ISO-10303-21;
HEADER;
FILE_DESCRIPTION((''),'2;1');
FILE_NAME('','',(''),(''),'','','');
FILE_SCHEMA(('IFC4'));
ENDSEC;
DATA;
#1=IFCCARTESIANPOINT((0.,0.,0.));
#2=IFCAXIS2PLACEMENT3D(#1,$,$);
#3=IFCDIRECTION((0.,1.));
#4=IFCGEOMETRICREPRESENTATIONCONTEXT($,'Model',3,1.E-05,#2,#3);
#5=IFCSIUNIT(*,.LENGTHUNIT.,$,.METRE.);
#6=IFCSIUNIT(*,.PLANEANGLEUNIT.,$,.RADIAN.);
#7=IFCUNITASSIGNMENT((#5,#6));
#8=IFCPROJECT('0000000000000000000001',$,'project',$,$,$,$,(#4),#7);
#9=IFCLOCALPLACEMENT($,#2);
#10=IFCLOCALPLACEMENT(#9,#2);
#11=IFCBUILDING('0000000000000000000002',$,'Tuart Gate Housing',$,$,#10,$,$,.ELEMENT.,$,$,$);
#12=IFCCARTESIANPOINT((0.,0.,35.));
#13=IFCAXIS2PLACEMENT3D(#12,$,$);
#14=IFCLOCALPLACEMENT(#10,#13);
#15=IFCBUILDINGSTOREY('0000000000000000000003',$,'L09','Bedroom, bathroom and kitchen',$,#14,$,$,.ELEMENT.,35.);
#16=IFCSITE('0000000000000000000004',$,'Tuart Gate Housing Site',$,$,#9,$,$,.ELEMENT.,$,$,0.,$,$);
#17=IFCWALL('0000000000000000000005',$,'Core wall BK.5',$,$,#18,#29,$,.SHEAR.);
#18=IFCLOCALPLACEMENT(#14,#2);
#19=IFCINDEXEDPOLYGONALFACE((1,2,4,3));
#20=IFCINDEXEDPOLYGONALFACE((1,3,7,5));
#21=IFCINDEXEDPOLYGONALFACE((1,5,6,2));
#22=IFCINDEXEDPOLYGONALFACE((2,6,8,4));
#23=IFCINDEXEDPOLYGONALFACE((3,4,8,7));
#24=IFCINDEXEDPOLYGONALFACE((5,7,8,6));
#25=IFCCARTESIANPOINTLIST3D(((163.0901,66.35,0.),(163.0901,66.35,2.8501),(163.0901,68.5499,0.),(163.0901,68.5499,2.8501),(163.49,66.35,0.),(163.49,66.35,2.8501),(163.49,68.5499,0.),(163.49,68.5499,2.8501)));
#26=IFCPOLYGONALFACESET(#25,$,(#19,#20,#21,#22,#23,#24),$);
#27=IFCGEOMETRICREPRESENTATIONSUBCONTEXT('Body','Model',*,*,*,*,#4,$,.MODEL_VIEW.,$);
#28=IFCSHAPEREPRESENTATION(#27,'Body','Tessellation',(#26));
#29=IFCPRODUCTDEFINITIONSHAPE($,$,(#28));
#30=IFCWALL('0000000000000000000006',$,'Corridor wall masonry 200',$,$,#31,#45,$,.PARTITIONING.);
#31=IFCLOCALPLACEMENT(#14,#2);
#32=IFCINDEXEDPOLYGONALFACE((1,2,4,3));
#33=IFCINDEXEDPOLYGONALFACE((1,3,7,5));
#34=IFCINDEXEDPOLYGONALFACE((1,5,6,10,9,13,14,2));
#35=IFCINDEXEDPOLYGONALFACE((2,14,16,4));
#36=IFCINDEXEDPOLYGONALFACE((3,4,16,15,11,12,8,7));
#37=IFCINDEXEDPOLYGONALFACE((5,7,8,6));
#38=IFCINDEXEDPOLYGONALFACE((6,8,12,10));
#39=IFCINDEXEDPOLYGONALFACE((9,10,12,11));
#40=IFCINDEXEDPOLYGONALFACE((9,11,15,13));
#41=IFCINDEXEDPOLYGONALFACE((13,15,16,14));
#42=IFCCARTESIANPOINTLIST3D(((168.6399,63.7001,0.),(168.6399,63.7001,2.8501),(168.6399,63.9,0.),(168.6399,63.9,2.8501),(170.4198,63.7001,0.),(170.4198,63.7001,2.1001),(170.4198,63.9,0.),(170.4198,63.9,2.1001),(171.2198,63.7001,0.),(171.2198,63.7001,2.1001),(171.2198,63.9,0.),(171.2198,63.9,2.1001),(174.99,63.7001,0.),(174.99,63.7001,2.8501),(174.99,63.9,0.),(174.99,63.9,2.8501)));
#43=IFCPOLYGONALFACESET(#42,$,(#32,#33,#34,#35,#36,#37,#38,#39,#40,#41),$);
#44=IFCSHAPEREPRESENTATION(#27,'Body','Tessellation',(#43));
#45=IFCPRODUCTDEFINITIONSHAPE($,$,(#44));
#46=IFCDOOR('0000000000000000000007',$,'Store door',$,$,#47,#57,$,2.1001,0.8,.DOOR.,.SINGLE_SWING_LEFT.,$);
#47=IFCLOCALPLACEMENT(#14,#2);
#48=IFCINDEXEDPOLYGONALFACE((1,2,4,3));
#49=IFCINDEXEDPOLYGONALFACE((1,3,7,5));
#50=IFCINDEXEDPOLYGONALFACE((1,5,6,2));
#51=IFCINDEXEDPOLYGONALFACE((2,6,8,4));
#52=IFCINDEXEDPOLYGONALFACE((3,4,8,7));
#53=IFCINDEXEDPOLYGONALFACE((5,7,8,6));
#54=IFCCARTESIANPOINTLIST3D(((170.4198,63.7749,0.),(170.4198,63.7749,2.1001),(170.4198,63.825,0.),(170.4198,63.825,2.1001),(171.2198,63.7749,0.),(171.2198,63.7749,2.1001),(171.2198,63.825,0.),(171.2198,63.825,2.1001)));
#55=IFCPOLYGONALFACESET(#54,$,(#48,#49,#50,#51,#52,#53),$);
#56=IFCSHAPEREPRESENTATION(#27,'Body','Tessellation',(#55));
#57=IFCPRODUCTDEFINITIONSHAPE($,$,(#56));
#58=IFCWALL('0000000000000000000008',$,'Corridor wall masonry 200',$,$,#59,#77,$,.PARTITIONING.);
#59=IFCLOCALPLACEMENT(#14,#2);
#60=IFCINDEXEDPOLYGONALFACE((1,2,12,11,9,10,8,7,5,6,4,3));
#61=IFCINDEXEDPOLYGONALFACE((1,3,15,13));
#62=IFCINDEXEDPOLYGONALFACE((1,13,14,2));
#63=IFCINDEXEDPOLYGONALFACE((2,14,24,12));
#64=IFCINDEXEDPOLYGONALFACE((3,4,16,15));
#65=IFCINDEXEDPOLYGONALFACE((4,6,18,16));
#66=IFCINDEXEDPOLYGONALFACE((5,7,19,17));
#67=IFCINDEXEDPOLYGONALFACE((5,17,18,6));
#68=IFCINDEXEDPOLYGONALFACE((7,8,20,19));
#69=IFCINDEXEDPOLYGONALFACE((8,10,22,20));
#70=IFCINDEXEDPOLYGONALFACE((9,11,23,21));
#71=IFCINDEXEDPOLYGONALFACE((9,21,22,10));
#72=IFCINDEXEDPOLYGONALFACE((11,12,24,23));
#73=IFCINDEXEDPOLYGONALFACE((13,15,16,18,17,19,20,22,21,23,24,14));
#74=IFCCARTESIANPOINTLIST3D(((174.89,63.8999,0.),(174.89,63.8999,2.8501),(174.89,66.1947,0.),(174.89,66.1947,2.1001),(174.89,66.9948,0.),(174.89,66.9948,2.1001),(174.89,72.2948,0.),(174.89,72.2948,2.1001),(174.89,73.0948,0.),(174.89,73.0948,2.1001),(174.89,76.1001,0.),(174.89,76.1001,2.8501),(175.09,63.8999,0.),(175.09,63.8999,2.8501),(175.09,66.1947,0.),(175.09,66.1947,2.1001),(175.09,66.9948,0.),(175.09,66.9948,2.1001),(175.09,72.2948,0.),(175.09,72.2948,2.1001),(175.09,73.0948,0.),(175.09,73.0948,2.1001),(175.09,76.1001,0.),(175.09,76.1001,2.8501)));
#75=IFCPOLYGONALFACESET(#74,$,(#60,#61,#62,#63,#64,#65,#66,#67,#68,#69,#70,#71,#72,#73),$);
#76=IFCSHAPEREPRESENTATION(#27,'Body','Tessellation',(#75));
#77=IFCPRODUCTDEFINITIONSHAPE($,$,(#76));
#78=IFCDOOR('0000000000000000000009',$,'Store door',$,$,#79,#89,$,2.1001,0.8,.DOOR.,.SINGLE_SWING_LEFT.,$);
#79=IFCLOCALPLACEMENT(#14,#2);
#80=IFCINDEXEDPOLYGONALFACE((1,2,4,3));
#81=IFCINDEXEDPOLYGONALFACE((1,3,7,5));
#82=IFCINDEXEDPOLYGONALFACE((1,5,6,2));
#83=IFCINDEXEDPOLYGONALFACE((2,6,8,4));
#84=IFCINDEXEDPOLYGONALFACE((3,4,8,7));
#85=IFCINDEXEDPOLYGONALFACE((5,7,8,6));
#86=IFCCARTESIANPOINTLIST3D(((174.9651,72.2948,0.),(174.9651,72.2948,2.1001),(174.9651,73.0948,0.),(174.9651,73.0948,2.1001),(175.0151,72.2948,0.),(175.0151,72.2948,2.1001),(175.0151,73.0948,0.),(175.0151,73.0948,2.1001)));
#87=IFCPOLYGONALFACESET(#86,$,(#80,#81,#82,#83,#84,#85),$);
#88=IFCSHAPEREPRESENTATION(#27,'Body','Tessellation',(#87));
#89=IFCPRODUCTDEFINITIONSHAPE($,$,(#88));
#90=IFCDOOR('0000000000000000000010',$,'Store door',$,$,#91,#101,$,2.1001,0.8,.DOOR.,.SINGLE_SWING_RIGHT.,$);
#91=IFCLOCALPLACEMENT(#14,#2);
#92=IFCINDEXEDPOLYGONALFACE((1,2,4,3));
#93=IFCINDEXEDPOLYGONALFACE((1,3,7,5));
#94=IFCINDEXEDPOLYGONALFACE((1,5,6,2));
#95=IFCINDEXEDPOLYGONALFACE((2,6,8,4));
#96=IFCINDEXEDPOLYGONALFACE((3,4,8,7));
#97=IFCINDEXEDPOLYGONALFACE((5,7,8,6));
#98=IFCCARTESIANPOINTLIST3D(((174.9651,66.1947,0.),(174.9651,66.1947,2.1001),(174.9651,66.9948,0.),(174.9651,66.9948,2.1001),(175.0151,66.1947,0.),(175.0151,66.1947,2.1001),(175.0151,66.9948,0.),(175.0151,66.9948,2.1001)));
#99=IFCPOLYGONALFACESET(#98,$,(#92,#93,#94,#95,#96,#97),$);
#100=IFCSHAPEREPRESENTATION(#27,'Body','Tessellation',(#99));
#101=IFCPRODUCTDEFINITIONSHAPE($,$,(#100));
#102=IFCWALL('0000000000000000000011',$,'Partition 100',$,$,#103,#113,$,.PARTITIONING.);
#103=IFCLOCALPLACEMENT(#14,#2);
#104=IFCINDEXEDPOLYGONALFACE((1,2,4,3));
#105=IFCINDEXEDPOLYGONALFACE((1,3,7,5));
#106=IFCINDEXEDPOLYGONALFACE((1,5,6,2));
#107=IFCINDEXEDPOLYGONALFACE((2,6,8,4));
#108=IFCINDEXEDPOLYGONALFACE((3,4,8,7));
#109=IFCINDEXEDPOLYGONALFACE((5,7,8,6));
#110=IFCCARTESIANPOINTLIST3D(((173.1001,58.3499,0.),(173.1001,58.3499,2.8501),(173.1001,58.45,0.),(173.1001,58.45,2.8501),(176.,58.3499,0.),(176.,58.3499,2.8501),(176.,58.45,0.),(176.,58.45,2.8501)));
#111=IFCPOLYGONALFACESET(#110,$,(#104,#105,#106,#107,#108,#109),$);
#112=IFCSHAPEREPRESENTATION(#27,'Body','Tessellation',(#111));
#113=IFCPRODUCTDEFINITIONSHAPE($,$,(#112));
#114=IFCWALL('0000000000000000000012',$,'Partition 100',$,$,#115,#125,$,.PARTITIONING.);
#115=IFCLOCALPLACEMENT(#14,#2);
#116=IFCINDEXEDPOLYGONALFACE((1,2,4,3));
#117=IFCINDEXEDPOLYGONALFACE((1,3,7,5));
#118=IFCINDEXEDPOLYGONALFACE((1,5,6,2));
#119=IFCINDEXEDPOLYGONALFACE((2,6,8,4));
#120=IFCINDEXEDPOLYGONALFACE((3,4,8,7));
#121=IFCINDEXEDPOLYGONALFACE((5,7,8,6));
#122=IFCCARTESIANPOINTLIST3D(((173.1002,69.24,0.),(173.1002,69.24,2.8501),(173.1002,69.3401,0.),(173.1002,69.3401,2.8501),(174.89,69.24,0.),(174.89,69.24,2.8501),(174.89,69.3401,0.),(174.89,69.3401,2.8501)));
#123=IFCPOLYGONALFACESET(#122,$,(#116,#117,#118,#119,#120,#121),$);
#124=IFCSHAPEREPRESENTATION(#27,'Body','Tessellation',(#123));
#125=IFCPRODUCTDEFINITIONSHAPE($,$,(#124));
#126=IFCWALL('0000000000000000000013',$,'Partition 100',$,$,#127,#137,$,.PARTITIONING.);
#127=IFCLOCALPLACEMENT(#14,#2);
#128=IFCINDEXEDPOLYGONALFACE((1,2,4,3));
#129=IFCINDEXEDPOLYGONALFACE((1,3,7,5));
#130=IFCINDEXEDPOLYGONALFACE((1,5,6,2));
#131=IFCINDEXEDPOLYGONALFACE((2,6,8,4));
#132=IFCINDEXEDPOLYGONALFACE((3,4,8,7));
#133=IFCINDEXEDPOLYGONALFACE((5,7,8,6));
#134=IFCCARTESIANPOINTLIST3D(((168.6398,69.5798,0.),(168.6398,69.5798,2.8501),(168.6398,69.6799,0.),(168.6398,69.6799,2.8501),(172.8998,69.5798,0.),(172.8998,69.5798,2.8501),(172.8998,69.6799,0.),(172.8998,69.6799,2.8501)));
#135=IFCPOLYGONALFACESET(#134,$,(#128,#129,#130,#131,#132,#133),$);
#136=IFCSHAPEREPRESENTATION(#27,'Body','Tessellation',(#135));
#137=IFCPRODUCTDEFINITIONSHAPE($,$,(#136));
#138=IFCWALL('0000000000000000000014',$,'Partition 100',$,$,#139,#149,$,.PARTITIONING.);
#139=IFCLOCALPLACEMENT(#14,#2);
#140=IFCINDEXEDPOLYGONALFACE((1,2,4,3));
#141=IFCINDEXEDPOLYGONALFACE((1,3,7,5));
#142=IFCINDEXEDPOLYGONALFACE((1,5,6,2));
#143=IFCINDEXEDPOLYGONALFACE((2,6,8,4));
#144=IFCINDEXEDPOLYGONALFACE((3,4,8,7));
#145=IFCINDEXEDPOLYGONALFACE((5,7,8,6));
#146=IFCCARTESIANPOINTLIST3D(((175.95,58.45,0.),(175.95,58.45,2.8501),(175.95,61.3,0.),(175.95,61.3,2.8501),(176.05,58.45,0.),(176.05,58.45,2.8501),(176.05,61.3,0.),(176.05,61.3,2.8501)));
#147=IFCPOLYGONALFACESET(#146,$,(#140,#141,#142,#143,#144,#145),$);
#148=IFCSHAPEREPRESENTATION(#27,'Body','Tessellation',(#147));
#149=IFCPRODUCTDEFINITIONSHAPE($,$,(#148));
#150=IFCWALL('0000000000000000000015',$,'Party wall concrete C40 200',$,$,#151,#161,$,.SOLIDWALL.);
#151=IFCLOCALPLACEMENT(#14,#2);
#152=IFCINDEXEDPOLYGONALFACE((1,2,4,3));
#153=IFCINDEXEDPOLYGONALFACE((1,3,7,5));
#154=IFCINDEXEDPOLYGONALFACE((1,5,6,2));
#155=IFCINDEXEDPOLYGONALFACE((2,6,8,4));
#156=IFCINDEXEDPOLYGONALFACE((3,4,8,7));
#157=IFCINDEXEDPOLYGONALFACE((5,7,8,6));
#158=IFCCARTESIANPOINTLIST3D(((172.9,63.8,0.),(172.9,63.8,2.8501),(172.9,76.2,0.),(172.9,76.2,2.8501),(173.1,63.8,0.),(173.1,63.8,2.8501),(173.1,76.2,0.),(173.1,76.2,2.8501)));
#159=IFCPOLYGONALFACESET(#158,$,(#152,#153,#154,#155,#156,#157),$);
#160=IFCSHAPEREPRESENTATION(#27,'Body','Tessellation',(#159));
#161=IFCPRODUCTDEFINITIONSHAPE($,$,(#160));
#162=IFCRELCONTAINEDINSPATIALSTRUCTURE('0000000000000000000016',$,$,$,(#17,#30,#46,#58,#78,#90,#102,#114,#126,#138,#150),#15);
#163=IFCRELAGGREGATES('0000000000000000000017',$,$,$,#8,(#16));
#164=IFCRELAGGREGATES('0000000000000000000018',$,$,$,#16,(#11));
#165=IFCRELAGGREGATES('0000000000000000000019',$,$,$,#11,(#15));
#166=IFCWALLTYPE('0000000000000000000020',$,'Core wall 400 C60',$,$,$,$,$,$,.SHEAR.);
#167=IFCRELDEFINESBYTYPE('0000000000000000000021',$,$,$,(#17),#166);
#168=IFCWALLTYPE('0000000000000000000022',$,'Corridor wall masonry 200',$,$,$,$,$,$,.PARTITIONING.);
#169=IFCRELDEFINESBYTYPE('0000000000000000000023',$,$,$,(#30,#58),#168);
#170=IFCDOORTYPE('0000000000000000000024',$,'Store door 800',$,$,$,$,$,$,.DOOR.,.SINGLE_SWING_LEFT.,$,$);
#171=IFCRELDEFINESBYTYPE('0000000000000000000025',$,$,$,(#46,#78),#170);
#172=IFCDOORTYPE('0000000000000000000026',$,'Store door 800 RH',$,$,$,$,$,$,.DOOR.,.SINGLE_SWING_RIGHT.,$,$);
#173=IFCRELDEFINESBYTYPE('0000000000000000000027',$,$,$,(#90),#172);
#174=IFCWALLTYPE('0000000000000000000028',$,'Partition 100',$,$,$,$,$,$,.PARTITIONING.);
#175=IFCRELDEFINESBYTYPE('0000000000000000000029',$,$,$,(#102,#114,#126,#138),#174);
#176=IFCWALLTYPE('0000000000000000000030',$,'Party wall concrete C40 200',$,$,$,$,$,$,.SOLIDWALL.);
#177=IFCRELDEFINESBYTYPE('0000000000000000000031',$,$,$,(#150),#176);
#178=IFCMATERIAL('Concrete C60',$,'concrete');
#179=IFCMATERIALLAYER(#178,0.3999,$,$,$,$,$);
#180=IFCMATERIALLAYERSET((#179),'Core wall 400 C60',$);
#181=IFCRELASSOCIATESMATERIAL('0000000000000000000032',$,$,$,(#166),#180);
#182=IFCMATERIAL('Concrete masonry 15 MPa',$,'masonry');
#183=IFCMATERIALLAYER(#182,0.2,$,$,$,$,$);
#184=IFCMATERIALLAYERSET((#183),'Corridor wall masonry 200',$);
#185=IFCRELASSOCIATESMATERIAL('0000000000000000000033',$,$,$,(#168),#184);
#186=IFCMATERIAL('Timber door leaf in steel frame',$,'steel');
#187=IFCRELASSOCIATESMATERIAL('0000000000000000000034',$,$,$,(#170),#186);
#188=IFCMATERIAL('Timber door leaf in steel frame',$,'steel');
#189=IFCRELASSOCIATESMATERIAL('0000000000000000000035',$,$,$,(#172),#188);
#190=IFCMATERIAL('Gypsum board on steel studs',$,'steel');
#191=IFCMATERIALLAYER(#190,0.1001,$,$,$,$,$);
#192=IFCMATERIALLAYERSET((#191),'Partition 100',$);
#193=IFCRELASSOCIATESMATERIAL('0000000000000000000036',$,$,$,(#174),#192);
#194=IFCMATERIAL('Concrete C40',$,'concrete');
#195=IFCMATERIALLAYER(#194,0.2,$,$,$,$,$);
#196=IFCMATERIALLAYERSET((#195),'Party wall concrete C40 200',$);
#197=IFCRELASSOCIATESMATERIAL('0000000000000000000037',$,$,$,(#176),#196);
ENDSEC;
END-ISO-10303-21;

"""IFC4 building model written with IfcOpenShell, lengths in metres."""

from ifc_helpers import new_model, si_unit, direction, frame, frame_2d, origin, place, context, subcontext, project, spatial, rectangle, extrude, material, layer, layer_set, type_object, element, fill, save


model = new_model("IFC4")

# Units and contexts
model_context = context("Model", 3, precision=1e-05, world=origin(), true_north=direction((0.0, 1.0)))
body_context = subcontext(model_context, "Body", "Model", "MODEL_VIEW")
ifc_project = project(units=[si_unit("LENGTHUNIT", "METRE"), si_unit("PLANEANGLEUNIT", "RADIAN")], contexts=[model_context])

# Site, building, storey
site_placement = place(None, origin())
site = spatial("IfcSite", under=ifc_project, at=site_placement, Name="Tuart Gate Housing Site", CompositionType="ELEMENT", RefElevation=0.0)
building_placement = place(site_placement, origin())
building = spatial("IfcBuilding", under=site, at=building_placement, Name="Tuart Gate Housing", CompositionType="ELEMENT")
storey_placement = place(building_placement, frame((0.0, 0.0, 35.0)))
storey = spatial("IfcBuildingStorey", under=building, at=storey_placement, Name="L09", Description="Bedroom, bathroom and kitchen", CompositionType="ELEMENT", Elevation=35.0)

# Wall
ifc_material_1 = material(Name="Concrete C60", Category="concrete")
ifc_layer_1 = layer(ifc_material_1, 0.3999)
ifc_layer_set_1 = layer_set([ifc_layer_1], Name="Core wall 400 C60")
wall_type_1 = type_object("IfcWallType", Name="Core wall 400 C60", PredefinedType="SHEAR", material=ifc_layer_set_1)
wall_1_placement = place(storey_placement, frame((163.29, 68.55, 0.0), z_axis=(0.0, 0.0, 1.0), x_axis=(0.0, -1.0, 0.0)))
element("IfcWall", 1, at=wall_1_placement, inside=storey, type_object=wall_type_1, Name="Core wall BK.5", PredefinedType="SHEAR", context=body_context, shape_type="SweptSolid", body=[
    extrude(rectangle(XDim=2.2, YDim=0.3999, at=frame_2d((1.1001, 0.0))), origin(), (0.0, 0.0, 1.0), 2.8501),
])

# Wall, opening, door
ifc_material_2 = material(Name="Concrete masonry 15 MPa", Category="masonry")
ifc_layer_2 = layer(ifc_material_2, 0.2)
ifc_layer_set_2 = layer_set([ifc_layer_2], Name="Corridor wall masonry 200")
wall_type_2 = type_object("IfcWallType", Name="Corridor wall masonry 200", PredefinedType="PARTITIONING", material=ifc_layer_set_2)
wall_2_placement = place(storey_placement, frame((168.6399, 63.8, 0.0), z_axis=(0.0, 0.0, 1.0), x_axis=(1.0, 0.0, 0.0)))
wall_2 = element("IfcWall", 2, at=wall_2_placement, inside=storey, type_object=wall_type_2, Name="Corridor wall masonry 200", PredefinedType="PARTITIONING", context=body_context, shape_type="SweptSolid", body=[
    extrude(rectangle(XDim=6.3501, YDim=0.2, at=frame_2d((3.175, 0.0))), origin(), (0.0, 0.0, 1.0), 2.8501),
])
opening_1_placement = place(wall_2_placement, frame((1.78, 0.0, 0.0)))
opening_1 = element("IfcOpeningElement", 3, at=opening_1_placement, cuts=wall_2, PredefinedType="OPENING", context=body_context, shape_type="SweptSolid", body=[
    extrude(rectangle(XDim=0.8, YDim=2.1001, at=frame_2d((0.3999, 1.05))), frame((0.0, 0.1099, 0.0), z_axis=(0.0, -1.0, 0.0), x_axis=(1.0, 0.0, 0.0)), (0.0, 0.0, 1.0), 0.22),
])
ifc_material_3 = material(Name="Timber door leaf in steel frame", Category="steel")
door_type_1 = type_object("IfcDoorType", Name="Store door 800", OperationType="SINGLE_SWING_LEFT", PredefinedType="DOOR", material=ifc_material_3)
door_1_placement = place(opening_1_placement, origin())
door_1 = element("IfcDoor", 4, at=door_1_placement, inside=storey, type_object=door_type_1, Name="Store door", OperationType="SINGLE_SWING_LEFT", OverallHeight=2.1001, OverallWidth=0.8, PredefinedType="DOOR", context=body_context, shape_type="SweptSolid", body=[
    extrude(rectangle(XDim=0.8, YDim=2.1001, at=frame_2d((0.3999, 1.05))), frame((0.0, 0.0249, 0.0), z_axis=(0.0, -1.0, 0.0), x_axis=(1.0, 0.0, 0.0)), (0.0, 0.0, 1.0), 0.05),
])
fill(opening_1, door_1)

# Wall, openings, doors
wall_3_placement = place(storey_placement, frame((174.99, 63.8999, 0.0), z_axis=(0.0, 0.0, 1.0), x_axis=(0.0, 1.0, 0.0)))
wall_3 = element("IfcWall", 5, at=wall_3_placement, inside=storey, type_object=wall_type_2, Name="Corridor wall masonry 200", PredefinedType="PARTITIONING", context=body_context, shape_type="SweptSolid", body=[
    extrude(rectangle(XDim=12.2002, YDim=0.2, at=frame_2d((6.1001, 0.0))), origin(), (0.0, 0.0, 1.0), 2.8501),
])
opening_2_placement = place(wall_3_placement, frame((2.2949, 0.0, 0.0)))
opening_2 = element("IfcOpeningElement", 6, at=opening_2_placement, cuts=wall_3, PredefinedType="OPENING", context=body_context, shape_type="SweptSolid", body=[
    extrude(rectangle(XDim=0.8, YDim=2.1001, at=frame_2d((0.3999, 1.05))), frame((0.0, 0.1099, 0.0), z_axis=(0.0, -1.0, 0.0), x_axis=(1.0, 0.0, 0.0)), (0.0, 0.0, 1.0), 0.22),
])
opening_3_placement = place(wall_3_placement, frame((8.395, 0.0, 0.0)))
opening_3 = element("IfcOpeningElement", 7, at=opening_3_placement, cuts=wall_3, PredefinedType="OPENING", context=body_context, shape_type="SweptSolid", body=[
    extrude(rectangle(XDim=0.8, YDim=2.1001, at=frame_2d((0.3999, 1.05))), frame((0.0, 0.1099, 0.0), z_axis=(0.0, -1.0, 0.0), x_axis=(1.0, 0.0, 0.0)), (0.0, 0.0, 1.0), 0.22),
])
door_2_placement = place(opening_3_placement, origin())
door_2 = element("IfcDoor", 8, at=door_2_placement, inside=storey, type_object=door_type_1, Name="Store door", OperationType="SINGLE_SWING_LEFT", OverallHeight=2.1001, OverallWidth=0.8, PredefinedType="DOOR", context=body_context, shape_type="SweptSolid", body=[
    extrude(rectangle(XDim=0.8, YDim=2.1001, at=frame_2d((0.3999, 1.05))), frame((0.0, 0.0249, 0.0), z_axis=(0.0, -1.0, 0.0), x_axis=(1.0, 0.0, 0.0)), (0.0, 0.0, 1.0), 0.05),
])
fill(opening_3, door_2)
ifc_material_4 = material(Name="Timber door leaf in steel frame", Category="steel")
door_type_2 = type_object("IfcDoorType", Name="Store door 800 RH", OperationType="SINGLE_SWING_RIGHT", PredefinedType="DOOR", material=ifc_material_4)
door_3_placement = place(opening_2_placement, origin())
door_3 = element("IfcDoor", 9, at=door_3_placement, inside=storey, type_object=door_type_2, Name="Store door", OperationType="SINGLE_SWING_RIGHT", OverallHeight=2.1001, OverallWidth=0.8, PredefinedType="DOOR", context=body_context, shape_type="SweptSolid", body=[
    extrude(rectangle(XDim=0.8, YDim=2.1001, at=frame_2d((0.3999, 1.05))), frame((0.0, 0.0249, 0.0), z_axis=(0.0, -1.0, 0.0), x_axis=(1.0, 0.0, 0.0)), (0.0, 0.0, 1.0), 0.05),
])
fill(opening_2, door_3)

# Walls
ifc_material_5 = material(Name="Gypsum board on steel studs", Category="steel")
ifc_layer_3 = layer(ifc_material_5, 0.1001)
ifc_layer_set_3 = layer_set([ifc_layer_3], Name="Partition 100")
wall_type_3 = type_object("IfcWallType", Name="Partition 100", PredefinedType="PARTITIONING", material=ifc_layer_set_3)
wall_4_placement = place(storey_placement, frame((173.1001, 58.3999, 0.0), z_axis=(0.0, 0.0, 1.0), x_axis=(1.0, 0.0, 0.0)))
element("IfcWall", 10, at=wall_4_placement, inside=storey, type_object=wall_type_3, Name="Partition 100", PredefinedType="PARTITIONING", context=body_context, shape_type="SweptSolid", body=[
    extrude(rectangle(XDim=2.8999, YDim=0.1001, at=frame_2d((1.45, 0.0))), origin(), (0.0, 0.0, 1.0), 2.8501),
])
wall_5_placement = place(storey_placement, frame((173.1001, 69.29, 0.0), z_axis=(0.0, 0.0, 1.0), x_axis=(1.0, 0.0, 0.0)))
element("IfcWall", 11, at=wall_5_placement, inside=storey, type_object=wall_type_3, Name="Partition 100", PredefinedType="PARTITIONING", context=body_context, shape_type="SweptSolid", body=[
    extrude(rectangle(XDim=1.7898, YDim=0.1001, at=frame_2d((0.895, 0.0))), origin(), (0.0, 0.0, 1.0), 2.8501),
])
wall_6_placement = place(storey_placement, frame((168.6399, 69.6299, 0.0), z_axis=(0.0, 0.0, 1.0), x_axis=(1.0, 0.0, 0.0)))
element("IfcWall", 12, at=wall_6_placement, inside=storey, type_object=wall_type_3, Name="Partition 100", PredefinedType="PARTITIONING", context=body_context, shape_type="SweptSolid", body=[
    extrude(rectangle(XDim=4.26, YDim=0.1001, at=frame_2d((2.1299, 0.0))), origin(), (0.0, 0.0, 1.0), 2.8501),
])
wall_7_placement = place(storey_placement, frame((176.0, 58.45, 0.0), z_axis=(0.0, 0.0, 1.0), x_axis=(0.0, 1.0, 0.0)))
element("IfcWall", 13, at=wall_7_placement, inside=storey, type_object=wall_type_3, Name="Partition 100", PredefinedType="PARTITIONING", context=body_context, shape_type="SweptSolid", body=[
    extrude(rectangle(XDim=2.8501, YDim=0.1001, at=frame_2d((1.425, 0.0))), origin(), (0.0, 0.0, 1.0), 2.8501),
])
ifc_material_6 = material(Name="Concrete C40", Category="concrete")
ifc_layer_4 = layer(ifc_material_6, 0.2)
ifc_layer_set_4 = layer_set([ifc_layer_4], Name="Party wall concrete C40 200")
wall_type_4 = type_object("IfcWallType", Name="Party wall concrete C40 200", PredefinedType="SOLIDWALL", material=ifc_layer_set_4)
wall_8_placement = place(storey_placement, frame((173.0, 63.8, 0.0), z_axis=(0.0, 0.0, 1.0), x_axis=(0.0, 1.0, 0.0)))
element("IfcWall", 14, at=wall_8_placement, inside=storey, type_object=wall_type_4, Name="Party wall concrete C40 200", PredefinedType="SOLIDWALL", context=body_context, shape_type="SweptSolid", body=[
    extrude(rectangle(XDim=12.3999, YDim=0.2, at=frame_2d((6.2, 0.0))), origin(), (0.0, 0.0, 1.0), 2.8501),
])

save(model, "model.ifc")
